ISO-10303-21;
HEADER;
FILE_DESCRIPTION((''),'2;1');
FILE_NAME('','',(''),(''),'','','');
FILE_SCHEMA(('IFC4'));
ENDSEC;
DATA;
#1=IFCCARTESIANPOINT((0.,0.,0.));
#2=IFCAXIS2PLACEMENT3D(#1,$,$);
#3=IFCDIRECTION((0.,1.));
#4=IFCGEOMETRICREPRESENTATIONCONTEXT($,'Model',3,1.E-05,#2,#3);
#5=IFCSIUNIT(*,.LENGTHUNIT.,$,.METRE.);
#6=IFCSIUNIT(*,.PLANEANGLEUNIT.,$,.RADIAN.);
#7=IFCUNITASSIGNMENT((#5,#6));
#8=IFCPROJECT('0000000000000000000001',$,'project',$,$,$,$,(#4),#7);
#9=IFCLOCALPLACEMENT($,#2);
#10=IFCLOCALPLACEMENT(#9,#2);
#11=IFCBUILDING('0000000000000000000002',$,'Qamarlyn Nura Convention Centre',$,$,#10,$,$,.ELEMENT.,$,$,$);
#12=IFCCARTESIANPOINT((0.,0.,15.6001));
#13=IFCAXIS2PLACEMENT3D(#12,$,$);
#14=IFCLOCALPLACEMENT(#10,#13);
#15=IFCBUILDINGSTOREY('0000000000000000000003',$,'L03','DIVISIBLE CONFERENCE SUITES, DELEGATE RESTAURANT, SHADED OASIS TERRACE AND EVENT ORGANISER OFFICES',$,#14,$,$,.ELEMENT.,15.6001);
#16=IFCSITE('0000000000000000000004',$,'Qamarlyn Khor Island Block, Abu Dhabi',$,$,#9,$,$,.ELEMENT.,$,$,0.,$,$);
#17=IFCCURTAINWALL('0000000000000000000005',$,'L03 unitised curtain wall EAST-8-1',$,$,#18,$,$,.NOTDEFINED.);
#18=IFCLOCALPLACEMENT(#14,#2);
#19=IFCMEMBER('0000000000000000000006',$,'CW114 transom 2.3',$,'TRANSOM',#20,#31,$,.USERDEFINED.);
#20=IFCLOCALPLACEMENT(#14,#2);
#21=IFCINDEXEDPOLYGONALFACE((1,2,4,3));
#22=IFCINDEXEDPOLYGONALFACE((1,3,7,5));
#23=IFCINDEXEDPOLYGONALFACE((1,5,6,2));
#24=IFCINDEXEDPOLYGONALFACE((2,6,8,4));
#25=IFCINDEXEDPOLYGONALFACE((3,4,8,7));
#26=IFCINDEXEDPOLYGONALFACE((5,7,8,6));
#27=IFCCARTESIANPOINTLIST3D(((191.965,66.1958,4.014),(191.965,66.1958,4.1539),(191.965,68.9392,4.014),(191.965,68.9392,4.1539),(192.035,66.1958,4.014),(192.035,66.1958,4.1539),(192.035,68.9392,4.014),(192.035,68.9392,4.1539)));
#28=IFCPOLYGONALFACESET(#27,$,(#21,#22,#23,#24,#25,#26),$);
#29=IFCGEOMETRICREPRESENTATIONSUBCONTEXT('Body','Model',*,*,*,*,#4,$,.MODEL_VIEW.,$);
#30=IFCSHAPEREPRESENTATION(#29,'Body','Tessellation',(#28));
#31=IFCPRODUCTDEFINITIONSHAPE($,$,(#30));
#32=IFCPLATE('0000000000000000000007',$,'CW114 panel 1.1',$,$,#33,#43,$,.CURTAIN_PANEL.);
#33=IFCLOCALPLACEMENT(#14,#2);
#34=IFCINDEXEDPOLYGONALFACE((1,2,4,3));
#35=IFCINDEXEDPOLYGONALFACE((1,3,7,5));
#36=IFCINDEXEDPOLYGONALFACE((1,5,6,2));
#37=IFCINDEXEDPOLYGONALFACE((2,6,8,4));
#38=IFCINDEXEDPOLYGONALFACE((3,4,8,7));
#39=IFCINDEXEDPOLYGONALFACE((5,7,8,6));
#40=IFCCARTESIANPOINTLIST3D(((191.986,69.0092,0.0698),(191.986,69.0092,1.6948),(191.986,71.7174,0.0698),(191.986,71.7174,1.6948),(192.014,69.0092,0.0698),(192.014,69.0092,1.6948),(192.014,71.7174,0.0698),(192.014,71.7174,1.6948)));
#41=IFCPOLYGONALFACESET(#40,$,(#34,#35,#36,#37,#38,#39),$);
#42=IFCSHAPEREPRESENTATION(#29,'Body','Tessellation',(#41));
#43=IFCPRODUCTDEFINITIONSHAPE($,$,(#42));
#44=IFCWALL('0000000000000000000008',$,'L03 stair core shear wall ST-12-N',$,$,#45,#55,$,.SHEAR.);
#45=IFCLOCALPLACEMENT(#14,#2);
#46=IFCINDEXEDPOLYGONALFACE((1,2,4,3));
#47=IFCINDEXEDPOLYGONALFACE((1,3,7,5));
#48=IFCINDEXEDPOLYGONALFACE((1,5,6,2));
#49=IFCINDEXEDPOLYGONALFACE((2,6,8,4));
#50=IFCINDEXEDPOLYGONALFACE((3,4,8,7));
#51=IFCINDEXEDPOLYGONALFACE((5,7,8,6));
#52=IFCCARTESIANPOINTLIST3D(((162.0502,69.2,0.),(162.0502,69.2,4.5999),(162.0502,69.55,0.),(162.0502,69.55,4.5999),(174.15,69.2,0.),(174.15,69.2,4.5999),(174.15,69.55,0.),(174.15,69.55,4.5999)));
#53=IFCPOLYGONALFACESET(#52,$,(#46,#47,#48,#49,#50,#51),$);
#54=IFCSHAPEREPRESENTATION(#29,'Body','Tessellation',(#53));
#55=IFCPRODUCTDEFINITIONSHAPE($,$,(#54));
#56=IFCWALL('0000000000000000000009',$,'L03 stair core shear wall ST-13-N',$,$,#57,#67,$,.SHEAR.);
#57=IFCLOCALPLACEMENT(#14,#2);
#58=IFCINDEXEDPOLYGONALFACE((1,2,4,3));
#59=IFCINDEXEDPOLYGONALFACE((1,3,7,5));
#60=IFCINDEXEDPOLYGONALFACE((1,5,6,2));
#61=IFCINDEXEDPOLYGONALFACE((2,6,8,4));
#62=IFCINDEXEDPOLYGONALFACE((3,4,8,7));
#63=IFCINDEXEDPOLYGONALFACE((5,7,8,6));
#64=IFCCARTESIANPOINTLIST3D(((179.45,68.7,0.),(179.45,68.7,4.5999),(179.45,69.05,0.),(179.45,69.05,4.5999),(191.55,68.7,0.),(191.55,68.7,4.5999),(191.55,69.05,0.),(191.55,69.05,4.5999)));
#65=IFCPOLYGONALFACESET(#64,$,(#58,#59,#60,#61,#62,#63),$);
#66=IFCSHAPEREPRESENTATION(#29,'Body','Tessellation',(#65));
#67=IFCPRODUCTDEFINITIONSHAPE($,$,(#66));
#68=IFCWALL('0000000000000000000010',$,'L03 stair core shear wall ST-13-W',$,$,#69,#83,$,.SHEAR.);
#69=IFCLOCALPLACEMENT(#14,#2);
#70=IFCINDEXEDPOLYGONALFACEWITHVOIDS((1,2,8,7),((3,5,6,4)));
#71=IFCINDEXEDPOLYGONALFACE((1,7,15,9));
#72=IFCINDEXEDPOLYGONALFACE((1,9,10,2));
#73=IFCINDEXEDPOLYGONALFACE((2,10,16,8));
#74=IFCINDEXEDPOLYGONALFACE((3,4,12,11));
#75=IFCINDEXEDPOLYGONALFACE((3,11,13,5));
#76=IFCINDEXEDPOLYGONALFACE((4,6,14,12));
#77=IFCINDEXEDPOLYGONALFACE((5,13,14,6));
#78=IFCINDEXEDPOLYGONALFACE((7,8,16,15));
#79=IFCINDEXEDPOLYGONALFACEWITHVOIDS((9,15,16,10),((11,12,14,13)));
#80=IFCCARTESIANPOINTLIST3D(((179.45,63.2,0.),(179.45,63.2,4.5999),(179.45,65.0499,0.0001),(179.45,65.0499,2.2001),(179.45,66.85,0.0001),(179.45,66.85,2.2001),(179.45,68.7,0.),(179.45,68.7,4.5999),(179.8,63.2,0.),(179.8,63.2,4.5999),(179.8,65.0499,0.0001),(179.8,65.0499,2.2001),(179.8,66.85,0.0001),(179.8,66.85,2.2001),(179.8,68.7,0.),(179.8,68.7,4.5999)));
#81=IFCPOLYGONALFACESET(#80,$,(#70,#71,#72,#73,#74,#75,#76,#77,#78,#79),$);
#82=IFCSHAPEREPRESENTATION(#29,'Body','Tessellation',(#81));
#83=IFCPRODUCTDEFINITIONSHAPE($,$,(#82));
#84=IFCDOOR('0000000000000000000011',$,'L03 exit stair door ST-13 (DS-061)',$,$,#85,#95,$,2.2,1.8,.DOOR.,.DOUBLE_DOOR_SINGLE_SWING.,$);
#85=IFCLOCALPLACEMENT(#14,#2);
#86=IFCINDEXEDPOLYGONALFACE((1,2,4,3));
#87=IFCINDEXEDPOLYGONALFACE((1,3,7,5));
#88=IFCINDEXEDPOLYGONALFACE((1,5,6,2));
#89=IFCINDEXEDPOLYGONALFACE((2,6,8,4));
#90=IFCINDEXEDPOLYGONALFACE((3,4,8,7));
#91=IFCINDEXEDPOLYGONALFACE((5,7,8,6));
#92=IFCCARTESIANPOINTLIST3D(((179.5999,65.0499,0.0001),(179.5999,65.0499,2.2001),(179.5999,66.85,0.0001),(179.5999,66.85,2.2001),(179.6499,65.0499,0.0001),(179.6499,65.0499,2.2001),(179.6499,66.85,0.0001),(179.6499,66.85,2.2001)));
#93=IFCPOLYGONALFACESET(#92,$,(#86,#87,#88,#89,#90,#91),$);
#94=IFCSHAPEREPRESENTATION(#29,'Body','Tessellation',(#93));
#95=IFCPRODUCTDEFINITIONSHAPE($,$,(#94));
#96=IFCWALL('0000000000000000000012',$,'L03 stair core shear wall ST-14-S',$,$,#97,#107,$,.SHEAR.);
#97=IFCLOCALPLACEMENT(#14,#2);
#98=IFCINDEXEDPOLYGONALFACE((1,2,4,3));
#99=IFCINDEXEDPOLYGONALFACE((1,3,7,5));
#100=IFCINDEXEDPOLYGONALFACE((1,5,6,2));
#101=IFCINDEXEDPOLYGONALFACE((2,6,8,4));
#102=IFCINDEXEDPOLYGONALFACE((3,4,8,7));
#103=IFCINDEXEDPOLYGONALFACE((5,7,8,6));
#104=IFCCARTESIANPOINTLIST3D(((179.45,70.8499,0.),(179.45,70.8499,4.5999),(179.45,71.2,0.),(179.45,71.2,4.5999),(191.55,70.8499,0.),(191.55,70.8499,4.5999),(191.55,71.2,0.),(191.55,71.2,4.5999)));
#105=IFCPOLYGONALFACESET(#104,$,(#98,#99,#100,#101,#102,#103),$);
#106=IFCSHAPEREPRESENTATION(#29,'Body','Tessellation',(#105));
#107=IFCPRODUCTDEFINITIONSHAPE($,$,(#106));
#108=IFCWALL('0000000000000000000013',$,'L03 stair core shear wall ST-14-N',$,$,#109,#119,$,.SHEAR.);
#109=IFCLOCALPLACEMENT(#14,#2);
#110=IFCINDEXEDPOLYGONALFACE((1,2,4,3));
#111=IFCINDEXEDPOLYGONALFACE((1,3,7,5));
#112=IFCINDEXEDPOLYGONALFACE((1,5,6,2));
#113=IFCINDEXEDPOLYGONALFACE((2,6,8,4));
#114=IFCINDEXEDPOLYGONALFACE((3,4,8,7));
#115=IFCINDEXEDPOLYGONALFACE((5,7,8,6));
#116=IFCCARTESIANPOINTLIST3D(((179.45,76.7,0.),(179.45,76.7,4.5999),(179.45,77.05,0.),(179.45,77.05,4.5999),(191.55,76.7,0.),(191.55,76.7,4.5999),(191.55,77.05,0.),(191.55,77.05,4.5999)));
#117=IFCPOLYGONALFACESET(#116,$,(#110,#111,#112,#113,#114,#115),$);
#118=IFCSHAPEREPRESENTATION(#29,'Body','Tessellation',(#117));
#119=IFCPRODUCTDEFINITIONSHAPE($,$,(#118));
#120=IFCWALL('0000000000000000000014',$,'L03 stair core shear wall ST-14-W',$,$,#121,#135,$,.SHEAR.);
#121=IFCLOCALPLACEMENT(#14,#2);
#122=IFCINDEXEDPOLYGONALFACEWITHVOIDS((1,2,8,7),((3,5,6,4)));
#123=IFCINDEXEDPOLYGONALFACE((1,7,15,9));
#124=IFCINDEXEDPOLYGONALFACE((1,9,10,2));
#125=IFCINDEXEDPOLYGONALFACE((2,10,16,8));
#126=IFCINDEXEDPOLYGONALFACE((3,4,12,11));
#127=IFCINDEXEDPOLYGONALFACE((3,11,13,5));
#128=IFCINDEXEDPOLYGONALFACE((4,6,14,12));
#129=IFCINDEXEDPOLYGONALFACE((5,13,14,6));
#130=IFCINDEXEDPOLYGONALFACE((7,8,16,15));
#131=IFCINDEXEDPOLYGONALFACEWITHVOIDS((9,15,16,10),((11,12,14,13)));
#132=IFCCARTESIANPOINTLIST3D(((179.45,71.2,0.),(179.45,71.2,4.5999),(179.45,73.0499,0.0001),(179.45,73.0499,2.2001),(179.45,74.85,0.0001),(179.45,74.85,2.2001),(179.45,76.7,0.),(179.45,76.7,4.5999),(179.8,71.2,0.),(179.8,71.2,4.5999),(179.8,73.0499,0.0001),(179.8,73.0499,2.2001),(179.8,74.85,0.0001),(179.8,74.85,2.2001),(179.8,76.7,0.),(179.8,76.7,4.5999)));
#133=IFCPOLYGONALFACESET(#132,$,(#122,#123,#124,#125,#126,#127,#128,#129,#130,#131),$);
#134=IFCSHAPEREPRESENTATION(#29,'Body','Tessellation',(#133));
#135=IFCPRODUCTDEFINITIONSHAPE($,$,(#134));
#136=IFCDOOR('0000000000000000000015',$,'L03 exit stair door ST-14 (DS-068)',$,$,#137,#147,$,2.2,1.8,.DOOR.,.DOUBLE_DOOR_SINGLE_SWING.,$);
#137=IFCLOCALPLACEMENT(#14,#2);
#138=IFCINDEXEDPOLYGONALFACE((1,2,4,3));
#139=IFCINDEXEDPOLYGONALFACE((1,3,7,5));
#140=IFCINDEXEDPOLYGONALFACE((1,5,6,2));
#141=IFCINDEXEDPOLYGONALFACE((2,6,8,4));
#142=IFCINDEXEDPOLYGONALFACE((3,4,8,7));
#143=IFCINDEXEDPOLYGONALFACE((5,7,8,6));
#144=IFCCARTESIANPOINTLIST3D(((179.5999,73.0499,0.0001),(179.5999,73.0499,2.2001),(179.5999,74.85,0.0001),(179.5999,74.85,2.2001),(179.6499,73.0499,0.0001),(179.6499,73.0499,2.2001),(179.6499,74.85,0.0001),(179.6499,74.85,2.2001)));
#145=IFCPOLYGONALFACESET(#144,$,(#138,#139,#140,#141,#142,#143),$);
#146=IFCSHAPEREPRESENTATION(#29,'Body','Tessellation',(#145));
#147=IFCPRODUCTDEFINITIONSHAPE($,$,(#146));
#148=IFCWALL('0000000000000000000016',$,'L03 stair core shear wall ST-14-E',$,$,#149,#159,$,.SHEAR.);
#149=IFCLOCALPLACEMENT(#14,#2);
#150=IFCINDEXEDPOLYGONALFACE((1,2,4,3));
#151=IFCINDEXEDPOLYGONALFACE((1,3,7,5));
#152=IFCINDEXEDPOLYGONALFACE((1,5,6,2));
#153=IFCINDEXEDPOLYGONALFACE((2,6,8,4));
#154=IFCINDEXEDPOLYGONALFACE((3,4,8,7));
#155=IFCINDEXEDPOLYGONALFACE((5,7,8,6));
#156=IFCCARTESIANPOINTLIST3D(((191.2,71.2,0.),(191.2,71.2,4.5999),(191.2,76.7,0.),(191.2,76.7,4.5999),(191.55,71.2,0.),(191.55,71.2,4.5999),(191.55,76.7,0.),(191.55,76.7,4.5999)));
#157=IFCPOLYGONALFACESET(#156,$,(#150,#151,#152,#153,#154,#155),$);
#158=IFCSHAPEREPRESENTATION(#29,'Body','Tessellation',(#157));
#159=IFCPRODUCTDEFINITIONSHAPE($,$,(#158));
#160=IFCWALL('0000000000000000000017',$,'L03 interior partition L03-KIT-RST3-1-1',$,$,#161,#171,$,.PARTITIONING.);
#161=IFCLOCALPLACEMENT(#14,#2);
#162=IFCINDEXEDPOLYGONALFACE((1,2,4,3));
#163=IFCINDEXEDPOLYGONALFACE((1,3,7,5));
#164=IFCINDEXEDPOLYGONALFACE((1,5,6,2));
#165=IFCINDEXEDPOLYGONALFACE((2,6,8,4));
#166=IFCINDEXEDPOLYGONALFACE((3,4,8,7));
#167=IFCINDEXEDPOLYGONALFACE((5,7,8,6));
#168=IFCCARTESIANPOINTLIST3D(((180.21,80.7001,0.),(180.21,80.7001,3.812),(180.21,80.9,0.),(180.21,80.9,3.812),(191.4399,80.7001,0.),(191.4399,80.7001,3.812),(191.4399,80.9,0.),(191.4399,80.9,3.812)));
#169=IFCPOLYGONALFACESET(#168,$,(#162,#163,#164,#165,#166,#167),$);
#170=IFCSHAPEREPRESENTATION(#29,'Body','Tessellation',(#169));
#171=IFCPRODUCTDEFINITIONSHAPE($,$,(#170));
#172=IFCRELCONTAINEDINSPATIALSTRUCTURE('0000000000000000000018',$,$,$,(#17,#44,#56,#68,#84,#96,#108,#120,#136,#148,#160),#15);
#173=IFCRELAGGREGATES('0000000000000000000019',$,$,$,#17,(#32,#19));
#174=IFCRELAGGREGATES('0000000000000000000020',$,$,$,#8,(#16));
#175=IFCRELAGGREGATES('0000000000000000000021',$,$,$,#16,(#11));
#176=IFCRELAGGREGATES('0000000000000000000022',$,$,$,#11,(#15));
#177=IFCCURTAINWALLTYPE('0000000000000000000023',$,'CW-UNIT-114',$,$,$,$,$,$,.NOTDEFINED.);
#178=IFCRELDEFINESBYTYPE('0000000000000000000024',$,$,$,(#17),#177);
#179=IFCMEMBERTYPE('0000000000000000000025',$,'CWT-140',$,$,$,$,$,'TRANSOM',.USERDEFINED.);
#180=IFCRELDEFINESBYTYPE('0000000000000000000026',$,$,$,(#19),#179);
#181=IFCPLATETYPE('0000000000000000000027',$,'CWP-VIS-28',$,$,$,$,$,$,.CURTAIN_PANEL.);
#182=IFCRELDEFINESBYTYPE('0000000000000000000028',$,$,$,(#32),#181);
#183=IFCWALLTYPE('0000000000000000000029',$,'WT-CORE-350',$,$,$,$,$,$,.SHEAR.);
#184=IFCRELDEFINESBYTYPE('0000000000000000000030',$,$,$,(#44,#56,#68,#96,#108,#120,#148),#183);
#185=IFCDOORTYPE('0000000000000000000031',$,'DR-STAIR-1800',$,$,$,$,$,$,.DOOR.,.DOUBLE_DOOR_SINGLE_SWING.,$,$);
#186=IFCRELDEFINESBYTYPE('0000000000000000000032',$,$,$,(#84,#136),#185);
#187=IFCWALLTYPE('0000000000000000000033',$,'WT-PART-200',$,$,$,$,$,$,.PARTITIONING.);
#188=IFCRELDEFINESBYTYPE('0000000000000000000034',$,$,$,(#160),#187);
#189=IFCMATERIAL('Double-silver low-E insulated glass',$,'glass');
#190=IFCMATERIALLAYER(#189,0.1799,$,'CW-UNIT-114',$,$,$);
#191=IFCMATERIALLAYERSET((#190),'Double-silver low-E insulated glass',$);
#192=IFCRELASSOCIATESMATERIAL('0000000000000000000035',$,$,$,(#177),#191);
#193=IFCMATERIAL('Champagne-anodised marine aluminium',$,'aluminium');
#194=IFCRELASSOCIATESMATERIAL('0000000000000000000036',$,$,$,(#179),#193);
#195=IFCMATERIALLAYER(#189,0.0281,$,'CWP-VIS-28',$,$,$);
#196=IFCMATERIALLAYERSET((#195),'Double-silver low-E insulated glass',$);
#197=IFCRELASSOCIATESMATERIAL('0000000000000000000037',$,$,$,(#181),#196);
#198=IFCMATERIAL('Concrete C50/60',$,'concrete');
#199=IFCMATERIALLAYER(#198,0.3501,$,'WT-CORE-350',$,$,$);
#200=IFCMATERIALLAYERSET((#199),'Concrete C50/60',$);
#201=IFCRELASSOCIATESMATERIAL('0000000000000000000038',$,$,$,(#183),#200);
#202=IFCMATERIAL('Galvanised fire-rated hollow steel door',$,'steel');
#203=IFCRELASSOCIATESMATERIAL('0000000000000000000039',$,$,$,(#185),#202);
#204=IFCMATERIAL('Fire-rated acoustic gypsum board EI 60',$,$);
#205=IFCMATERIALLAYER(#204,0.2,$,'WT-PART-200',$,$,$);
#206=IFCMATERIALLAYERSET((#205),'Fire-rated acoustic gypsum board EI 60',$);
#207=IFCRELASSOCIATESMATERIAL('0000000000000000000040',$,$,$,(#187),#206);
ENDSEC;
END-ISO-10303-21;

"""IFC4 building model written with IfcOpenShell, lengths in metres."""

from ifc_helpers import new_model, si_unit, direction, frame, frame_2d, origin, origin_2d, place, context, subcontext, project, spatial, rectangle, extrude, material, layer, layer_set, material_profile, profile_set, type_object, element, fill, aggregate, save


model = new_model("IFC4")

# Units and contexts
model_context = context("Model", 3, precision=1e-05, world=origin(), true_north=direction((0.0, 1.0)))
body_context = subcontext(model_context, "Body", "Model", "MODEL_VIEW")
ifc_project = project(units=[si_unit("LENGTHUNIT", "METRE"), si_unit("PLANEANGLEUNIT", "RADIAN")], contexts=[model_context])

# Site, building, storey
site_placement = place(None, origin())
site = spatial("IfcSite", under=ifc_project, at=site_placement, Name="Qamarlyn Khor Island Block, Abu Dhabi", CompositionType="ELEMENT", RefElevation=0.0)
building_placement = place(site_placement, origin())
building = spatial("IfcBuilding", under=site, at=building_placement, Name="Qamarlyn Nura Convention Centre", CompositionType="ELEMENT")
storey_placement = place(building_placement, frame((0.0, 0.0, 15.6001)))
storey = spatial("IfcBuildingStorey", under=building, at=storey_placement, Name="L03", Description="DIVISIBLE CONFERENCE SUITES, DELEGATE RESTAURANT, SHADED OASIS TERRACE AND EVENT ORGANISER OFFICES", CompositionType="ELEMENT", Elevation=15.6001)

# Curtain wall, member, plate
ifc_material_1 = material(Name="Double-silver low-E insulated glass", Category="glass")
ifc_layer_1 = layer(ifc_material_1, 0.1799, Name="CW-UNIT-114")
ifc_layer_set_1 = layer_set([ifc_layer_1], Name="Double-silver low-E insulated glass")
curtain_wall_type = type_object("IfcCurtainWallType", Name="CW-UNIT-114", PredefinedType="NOTDEFINED", material=ifc_layer_set_1)
curtain_wall_placement = place(storey_placement, origin())
curtain_wall = element("IfcCurtainWall", 1, at=curtain_wall_placement, inside=storey, type_object=curtain_wall_type, Name="L03 unitised curtain wall EAST-8-1", PredefinedType="NOTDEFINED")
ifc_material_2 = material(Name="Champagne-anodised marine aluminium", Category="aluminium")
ifc_material_profile_1 = material_profile(ifc_material_2, rectangle(XDim=0.0701, YDim=0.1399, at=origin_2d()), Name="ALU TRANSOM 70x140")
ifc_profile_set_1 = profile_set([ifc_material_profile_1], Name="Champagne-anodised marine aluminium")
member_type_1 = type_object("IfcMemberType", Name="CWT-140", ElementType="TRANSOM", PredefinedType="USERDEFINED", material=ifc_profile_set_1)
member_1_placement = place(storey_placement, frame((192.0, 68.9392, 4.084), z_axis=(0.0, -1.0, 0.0), x_axis=(1.0, 0.0, 0.0)))
member_1 = element("IfcMember", 2, at=member_1_placement, type_object=member_type_1, Name="CW114 transom 2.3", ObjectType="TRANSOM", PredefinedType="USERDEFINED", context=body_context, shape_type="SweptSolid", body=[
    extrude(rectangle(XDim=0.0701, YDim=0.1399, at=origin_2d()), origin(), (0.0, 0.0, 1.0), 2.7434),
])
ifc_layer_2 = layer(ifc_material_1, 0.0281, Name="CWP-VIS-28")
ifc_layer_set_2 = layer_set([ifc_layer_2], Name="Double-silver low-E insulated glass")
plate_type = type_object("IfcPlateType", Name="CWP-VIS-28", PredefinedType="CURTAIN_PANEL", material=ifc_layer_set_2)
plate_placement = place(storey_placement, frame((192.0, 70.3633, 0.0698), z_axis=(0.0, 0.0, 1.0), x_axis=(0.0, -1.0, 0.0)))
plate = element("IfcPlate", 3, at=plate_placement, type_object=plate_type, Name="CW114 panel 1.1", PredefinedType="CURTAIN_PANEL", context=body_context, shape_type="SweptSolid", body=[
    extrude(rectangle(XDim=2.7083, YDim=0.0281, at=origin_2d()), origin(), (0.0, 0.0, 1.0), 1.625),
])
aggregate(curtain_wall, [plate, member_1])

# Walls
ifc_material_3 = material(Name="Concrete C50/60", Category="concrete")
ifc_layer_3 = layer(ifc_material_3, 0.3501, Name="WT-CORE-350")
ifc_layer_set_3 = layer_set([ifc_layer_3], Name="Concrete C50/60")
wall_type_1 = type_object("IfcWallType", Name="WT-CORE-350", PredefinedType="SHEAR", material=ifc_layer_set_3)
wall_1_placement = place(storey_placement, frame((174.1499, 69.375, 0.0), z_axis=(0.0, 0.0, 1.0), x_axis=(-1.0, 0.0, 0.0)))
element("IfcWall", 4, at=wall_1_placement, inside=storey, type_object=wall_type_1, Name="L03 stair core shear wall ST-12-N", PredefinedType="SHEAR", context=body_context, shape_type="SweptSolid", body=[
    extrude(rectangle(XDim=12.0999, YDim=0.3501, at=frame_2d((6.0498, 0.0))), origin(), (0.0, 0.0, 1.0), 4.5999),
])
wall_2_placement = place(storey_placement, frame((191.55, 68.875, 0.0), z_axis=(0.0, 0.0, 1.0), x_axis=(-1.0, 0.0, 0.0)))
element("IfcWall", 5, at=wall_2_placement, inside=storey, type_object=wall_type_1, Name="L03 stair core shear wall ST-13-N", PredefinedType="SHEAR", context=body_context, shape_type="SweptSolid", body=[
    extrude(rectangle(XDim=12.1001, YDim=0.3501, at=frame_2d((6.05, 0.0))), origin(), (0.0, 0.0, 1.0), 4.5999),
])

# Wall, opening, door
wall_3_placement = place(storey_placement, frame((179.625, 68.7, 0.0), z_axis=(0.0, 0.0, 1.0), x_axis=(0.0, -1.0, 0.0)))
wall_3 = element("IfcWall", 6, at=wall_3_placement, inside=storey, type_object=wall_type_1, Name="L03 stair core shear wall ST-13-W", PredefinedType="SHEAR", context=body_context, shape_type="SweptSolid", body=[
    extrude(rectangle(XDim=5.5, YDim=0.3501, at=frame_2d((2.75, 0.0))), origin(), (0.0, 0.0, 1.0), 4.5999),
])
opening_1_placement = place(wall_3_placement, frame((1.8501, 0.0, 0.0)))
opening_1 = element("IfcOpeningElement", 7, at=opening_1_placement, cuts=wall_3, PredefinedType="OPENING", context=body_context, shape_type="SweptSolid", body=[
    extrude(rectangle(XDim=1.8, YDim=2.2, at=frame_2d((0.8999, 1.1001))), frame((0.0, 0.1851, 0.0), z_axis=(0.0, -1.0, 0.0), x_axis=(1.0, 0.0, 0.0)), (0.0, 0.0, 1.0), 0.3701),
])
ifc_material_4 = material(Name="Galvanised fire-rated hollow steel door", Category="steel")
door_type_1 = type_object("IfcDoorType", Name="DR-STAIR-1800", OperationType="DOUBLE_DOOR_SINGLE_SWING", PredefinedType="DOOR", material=ifc_material_4)
door_1_placement = place(opening_1_placement, origin())
door_1 = element("IfcDoor", 8, at=door_1_placement, inside=storey, type_object=door_type_1, Name="L03 exit stair door ST-13 (DS-061)", OperationType="DOUBLE_DOOR_SINGLE_SWING", OverallHeight=2.2, OverallWidth=1.8, PredefinedType="DOOR", context=body_context, shape_type="SweptSolid", body=[
    extrude(rectangle(XDim=1.8, YDim=2.2, at=frame_2d((0.8999, 1.1001))), frame((0.0, 0.0249, 0.0), z_axis=(0.0, -1.0, 0.0), x_axis=(1.0, 0.0, 0.0)), (0.0, 0.0, 1.0), 0.05),
])
fill(opening_1, door_1)

# Walls
for number, where, z_axis, x_axis, name in (
    (9, (179.45, 71.0249, 0.0), (0.0, 0.0, 1.0), (1.0, 0.0, 0.0), "L03 stair core shear wall ST-14-S"),
    (10, (191.55, 76.875, 0.0), (0.0, 0.0, 1.0), (-1.0, 0.0, 0.0), "L03 stair core shear wall ST-14-N"),
):
    element("IfcWall", number, at=place(storey_placement, frame(where, z_axis=z_axis, x_axis=x_axis)), inside=storey, type_object=wall_type_1, Name=name, PredefinedType="SHEAR", context=body_context, shape_type="SweptSolid", body=[
        extrude(rectangle(XDim=12.1001, YDim=0.3501, at=frame_2d((6.05, 0.0))), origin(), (0.0, 0.0, 1.0), 4.5999),
    ])

# Wall, opening, door
wall_4_placement = place(storey_placement, frame((179.625, 76.7, 0.0), z_axis=(0.0, 0.0, 1.0), x_axis=(0.0, -1.0, 0.0)))
wall_4 = element("IfcWall", 11, at=wall_4_placement, inside=storey, type_object=wall_type_1, Name="L03 stair core shear wall ST-14-W", PredefinedType="SHEAR", context=body_context, shape_type="SweptSolid", body=[
    extrude(rectangle(XDim=5.5, YDim=0.3501, at=frame_2d((2.75, 0.0))), origin(), (0.0, 0.0, 1.0), 4.5999),
])
opening_2_placement = place(wall_4_placement, frame((1.8501, 0.0, 0.0)))
opening_2 = element("IfcOpeningElement", 12, at=opening_2_placement, cuts=wall_4, PredefinedType="OPENING", context=body_context, shape_type="SweptSolid", body=[
    extrude(rectangle(XDim=1.8, YDim=2.2, at=frame_2d((0.8999, 1.1001))), frame((0.0, 0.1851, 0.0), z_axis=(0.0, -1.0, 0.0), x_axis=(1.0, 0.0, 0.0)), (0.0, 0.0, 1.0), 0.3701),
])
door_2_placement = place(opening_2_placement, origin())
door_2 = element("IfcDoor", 13, at=door_2_placement, inside=storey, type_object=door_type_1, Name="L03 exit stair door ST-14 (DS-068)", OperationType="DOUBLE_DOOR_SINGLE_SWING", OverallHeight=2.2, OverallWidth=1.8, PredefinedType="DOOR", context=body_context, shape_type="SweptSolid", body=[
    extrude(rectangle(XDim=1.8, YDim=2.2, at=frame_2d((0.8999, 1.1001))), frame((0.0, 0.0249, 0.0), z_axis=(0.0, -1.0, 0.0), x_axis=(1.0, 0.0, 0.0)), (0.0, 0.0, 1.0), 0.05),
])
fill(opening_2, door_2)

# Walls
wall_5_placement = place(storey_placement, frame((191.375, 71.2, 0.0), z_axis=(0.0, 0.0, 1.0), x_axis=(0.0, 1.0, 0.0)))
element("IfcWall", 14, at=wall_5_placement, inside=storey, type_object=wall_type_1, Name="L03 stair core shear wall ST-14-E", PredefinedType="SHEAR", context=body_context, shape_type="SweptSolid", body=[
    extrude(rectangle(XDim=5.5, YDim=0.3501, at=frame_2d((2.75, 0.0))), origin(), (0.0, 0.0, 1.0), 4.5999),
])
ifc_material_5 = material(Name="Fire-rated acoustic gypsum board EI 60")
ifc_layer_4 = layer(ifc_material_5, 0.2, Name="WT-PART-200")
ifc_layer_set_4 = layer_set([ifc_layer_4], Name="Fire-rated acoustic gypsum board EI 60")
wall_type_2 = type_object("IfcWallType", Name="WT-PART-200", PredefinedType="PARTITIONING", material=ifc_layer_set_4)
wall_6_placement = place(storey_placement, frame((180.21, 80.8, 0.0), z_axis=(0.0, 0.0, 1.0), x_axis=(1.0, 0.0, 0.0)))
element("IfcWall", 15, at=wall_6_placement, inside=storey, type_object=wall_type_2, Name="L03 interior partition L03-KIT-RST3-1-1", PredefinedType="PARTITIONING", context=body_context, shape_type="SweptSolid", body=[
    extrude(rectangle(XDim=11.23, YDim=0.2, at=frame_2d((5.615, 0.0))), origin(), (0.0, 0.0, 1.0), 3.812),
])

save(model, "model.ifc")
